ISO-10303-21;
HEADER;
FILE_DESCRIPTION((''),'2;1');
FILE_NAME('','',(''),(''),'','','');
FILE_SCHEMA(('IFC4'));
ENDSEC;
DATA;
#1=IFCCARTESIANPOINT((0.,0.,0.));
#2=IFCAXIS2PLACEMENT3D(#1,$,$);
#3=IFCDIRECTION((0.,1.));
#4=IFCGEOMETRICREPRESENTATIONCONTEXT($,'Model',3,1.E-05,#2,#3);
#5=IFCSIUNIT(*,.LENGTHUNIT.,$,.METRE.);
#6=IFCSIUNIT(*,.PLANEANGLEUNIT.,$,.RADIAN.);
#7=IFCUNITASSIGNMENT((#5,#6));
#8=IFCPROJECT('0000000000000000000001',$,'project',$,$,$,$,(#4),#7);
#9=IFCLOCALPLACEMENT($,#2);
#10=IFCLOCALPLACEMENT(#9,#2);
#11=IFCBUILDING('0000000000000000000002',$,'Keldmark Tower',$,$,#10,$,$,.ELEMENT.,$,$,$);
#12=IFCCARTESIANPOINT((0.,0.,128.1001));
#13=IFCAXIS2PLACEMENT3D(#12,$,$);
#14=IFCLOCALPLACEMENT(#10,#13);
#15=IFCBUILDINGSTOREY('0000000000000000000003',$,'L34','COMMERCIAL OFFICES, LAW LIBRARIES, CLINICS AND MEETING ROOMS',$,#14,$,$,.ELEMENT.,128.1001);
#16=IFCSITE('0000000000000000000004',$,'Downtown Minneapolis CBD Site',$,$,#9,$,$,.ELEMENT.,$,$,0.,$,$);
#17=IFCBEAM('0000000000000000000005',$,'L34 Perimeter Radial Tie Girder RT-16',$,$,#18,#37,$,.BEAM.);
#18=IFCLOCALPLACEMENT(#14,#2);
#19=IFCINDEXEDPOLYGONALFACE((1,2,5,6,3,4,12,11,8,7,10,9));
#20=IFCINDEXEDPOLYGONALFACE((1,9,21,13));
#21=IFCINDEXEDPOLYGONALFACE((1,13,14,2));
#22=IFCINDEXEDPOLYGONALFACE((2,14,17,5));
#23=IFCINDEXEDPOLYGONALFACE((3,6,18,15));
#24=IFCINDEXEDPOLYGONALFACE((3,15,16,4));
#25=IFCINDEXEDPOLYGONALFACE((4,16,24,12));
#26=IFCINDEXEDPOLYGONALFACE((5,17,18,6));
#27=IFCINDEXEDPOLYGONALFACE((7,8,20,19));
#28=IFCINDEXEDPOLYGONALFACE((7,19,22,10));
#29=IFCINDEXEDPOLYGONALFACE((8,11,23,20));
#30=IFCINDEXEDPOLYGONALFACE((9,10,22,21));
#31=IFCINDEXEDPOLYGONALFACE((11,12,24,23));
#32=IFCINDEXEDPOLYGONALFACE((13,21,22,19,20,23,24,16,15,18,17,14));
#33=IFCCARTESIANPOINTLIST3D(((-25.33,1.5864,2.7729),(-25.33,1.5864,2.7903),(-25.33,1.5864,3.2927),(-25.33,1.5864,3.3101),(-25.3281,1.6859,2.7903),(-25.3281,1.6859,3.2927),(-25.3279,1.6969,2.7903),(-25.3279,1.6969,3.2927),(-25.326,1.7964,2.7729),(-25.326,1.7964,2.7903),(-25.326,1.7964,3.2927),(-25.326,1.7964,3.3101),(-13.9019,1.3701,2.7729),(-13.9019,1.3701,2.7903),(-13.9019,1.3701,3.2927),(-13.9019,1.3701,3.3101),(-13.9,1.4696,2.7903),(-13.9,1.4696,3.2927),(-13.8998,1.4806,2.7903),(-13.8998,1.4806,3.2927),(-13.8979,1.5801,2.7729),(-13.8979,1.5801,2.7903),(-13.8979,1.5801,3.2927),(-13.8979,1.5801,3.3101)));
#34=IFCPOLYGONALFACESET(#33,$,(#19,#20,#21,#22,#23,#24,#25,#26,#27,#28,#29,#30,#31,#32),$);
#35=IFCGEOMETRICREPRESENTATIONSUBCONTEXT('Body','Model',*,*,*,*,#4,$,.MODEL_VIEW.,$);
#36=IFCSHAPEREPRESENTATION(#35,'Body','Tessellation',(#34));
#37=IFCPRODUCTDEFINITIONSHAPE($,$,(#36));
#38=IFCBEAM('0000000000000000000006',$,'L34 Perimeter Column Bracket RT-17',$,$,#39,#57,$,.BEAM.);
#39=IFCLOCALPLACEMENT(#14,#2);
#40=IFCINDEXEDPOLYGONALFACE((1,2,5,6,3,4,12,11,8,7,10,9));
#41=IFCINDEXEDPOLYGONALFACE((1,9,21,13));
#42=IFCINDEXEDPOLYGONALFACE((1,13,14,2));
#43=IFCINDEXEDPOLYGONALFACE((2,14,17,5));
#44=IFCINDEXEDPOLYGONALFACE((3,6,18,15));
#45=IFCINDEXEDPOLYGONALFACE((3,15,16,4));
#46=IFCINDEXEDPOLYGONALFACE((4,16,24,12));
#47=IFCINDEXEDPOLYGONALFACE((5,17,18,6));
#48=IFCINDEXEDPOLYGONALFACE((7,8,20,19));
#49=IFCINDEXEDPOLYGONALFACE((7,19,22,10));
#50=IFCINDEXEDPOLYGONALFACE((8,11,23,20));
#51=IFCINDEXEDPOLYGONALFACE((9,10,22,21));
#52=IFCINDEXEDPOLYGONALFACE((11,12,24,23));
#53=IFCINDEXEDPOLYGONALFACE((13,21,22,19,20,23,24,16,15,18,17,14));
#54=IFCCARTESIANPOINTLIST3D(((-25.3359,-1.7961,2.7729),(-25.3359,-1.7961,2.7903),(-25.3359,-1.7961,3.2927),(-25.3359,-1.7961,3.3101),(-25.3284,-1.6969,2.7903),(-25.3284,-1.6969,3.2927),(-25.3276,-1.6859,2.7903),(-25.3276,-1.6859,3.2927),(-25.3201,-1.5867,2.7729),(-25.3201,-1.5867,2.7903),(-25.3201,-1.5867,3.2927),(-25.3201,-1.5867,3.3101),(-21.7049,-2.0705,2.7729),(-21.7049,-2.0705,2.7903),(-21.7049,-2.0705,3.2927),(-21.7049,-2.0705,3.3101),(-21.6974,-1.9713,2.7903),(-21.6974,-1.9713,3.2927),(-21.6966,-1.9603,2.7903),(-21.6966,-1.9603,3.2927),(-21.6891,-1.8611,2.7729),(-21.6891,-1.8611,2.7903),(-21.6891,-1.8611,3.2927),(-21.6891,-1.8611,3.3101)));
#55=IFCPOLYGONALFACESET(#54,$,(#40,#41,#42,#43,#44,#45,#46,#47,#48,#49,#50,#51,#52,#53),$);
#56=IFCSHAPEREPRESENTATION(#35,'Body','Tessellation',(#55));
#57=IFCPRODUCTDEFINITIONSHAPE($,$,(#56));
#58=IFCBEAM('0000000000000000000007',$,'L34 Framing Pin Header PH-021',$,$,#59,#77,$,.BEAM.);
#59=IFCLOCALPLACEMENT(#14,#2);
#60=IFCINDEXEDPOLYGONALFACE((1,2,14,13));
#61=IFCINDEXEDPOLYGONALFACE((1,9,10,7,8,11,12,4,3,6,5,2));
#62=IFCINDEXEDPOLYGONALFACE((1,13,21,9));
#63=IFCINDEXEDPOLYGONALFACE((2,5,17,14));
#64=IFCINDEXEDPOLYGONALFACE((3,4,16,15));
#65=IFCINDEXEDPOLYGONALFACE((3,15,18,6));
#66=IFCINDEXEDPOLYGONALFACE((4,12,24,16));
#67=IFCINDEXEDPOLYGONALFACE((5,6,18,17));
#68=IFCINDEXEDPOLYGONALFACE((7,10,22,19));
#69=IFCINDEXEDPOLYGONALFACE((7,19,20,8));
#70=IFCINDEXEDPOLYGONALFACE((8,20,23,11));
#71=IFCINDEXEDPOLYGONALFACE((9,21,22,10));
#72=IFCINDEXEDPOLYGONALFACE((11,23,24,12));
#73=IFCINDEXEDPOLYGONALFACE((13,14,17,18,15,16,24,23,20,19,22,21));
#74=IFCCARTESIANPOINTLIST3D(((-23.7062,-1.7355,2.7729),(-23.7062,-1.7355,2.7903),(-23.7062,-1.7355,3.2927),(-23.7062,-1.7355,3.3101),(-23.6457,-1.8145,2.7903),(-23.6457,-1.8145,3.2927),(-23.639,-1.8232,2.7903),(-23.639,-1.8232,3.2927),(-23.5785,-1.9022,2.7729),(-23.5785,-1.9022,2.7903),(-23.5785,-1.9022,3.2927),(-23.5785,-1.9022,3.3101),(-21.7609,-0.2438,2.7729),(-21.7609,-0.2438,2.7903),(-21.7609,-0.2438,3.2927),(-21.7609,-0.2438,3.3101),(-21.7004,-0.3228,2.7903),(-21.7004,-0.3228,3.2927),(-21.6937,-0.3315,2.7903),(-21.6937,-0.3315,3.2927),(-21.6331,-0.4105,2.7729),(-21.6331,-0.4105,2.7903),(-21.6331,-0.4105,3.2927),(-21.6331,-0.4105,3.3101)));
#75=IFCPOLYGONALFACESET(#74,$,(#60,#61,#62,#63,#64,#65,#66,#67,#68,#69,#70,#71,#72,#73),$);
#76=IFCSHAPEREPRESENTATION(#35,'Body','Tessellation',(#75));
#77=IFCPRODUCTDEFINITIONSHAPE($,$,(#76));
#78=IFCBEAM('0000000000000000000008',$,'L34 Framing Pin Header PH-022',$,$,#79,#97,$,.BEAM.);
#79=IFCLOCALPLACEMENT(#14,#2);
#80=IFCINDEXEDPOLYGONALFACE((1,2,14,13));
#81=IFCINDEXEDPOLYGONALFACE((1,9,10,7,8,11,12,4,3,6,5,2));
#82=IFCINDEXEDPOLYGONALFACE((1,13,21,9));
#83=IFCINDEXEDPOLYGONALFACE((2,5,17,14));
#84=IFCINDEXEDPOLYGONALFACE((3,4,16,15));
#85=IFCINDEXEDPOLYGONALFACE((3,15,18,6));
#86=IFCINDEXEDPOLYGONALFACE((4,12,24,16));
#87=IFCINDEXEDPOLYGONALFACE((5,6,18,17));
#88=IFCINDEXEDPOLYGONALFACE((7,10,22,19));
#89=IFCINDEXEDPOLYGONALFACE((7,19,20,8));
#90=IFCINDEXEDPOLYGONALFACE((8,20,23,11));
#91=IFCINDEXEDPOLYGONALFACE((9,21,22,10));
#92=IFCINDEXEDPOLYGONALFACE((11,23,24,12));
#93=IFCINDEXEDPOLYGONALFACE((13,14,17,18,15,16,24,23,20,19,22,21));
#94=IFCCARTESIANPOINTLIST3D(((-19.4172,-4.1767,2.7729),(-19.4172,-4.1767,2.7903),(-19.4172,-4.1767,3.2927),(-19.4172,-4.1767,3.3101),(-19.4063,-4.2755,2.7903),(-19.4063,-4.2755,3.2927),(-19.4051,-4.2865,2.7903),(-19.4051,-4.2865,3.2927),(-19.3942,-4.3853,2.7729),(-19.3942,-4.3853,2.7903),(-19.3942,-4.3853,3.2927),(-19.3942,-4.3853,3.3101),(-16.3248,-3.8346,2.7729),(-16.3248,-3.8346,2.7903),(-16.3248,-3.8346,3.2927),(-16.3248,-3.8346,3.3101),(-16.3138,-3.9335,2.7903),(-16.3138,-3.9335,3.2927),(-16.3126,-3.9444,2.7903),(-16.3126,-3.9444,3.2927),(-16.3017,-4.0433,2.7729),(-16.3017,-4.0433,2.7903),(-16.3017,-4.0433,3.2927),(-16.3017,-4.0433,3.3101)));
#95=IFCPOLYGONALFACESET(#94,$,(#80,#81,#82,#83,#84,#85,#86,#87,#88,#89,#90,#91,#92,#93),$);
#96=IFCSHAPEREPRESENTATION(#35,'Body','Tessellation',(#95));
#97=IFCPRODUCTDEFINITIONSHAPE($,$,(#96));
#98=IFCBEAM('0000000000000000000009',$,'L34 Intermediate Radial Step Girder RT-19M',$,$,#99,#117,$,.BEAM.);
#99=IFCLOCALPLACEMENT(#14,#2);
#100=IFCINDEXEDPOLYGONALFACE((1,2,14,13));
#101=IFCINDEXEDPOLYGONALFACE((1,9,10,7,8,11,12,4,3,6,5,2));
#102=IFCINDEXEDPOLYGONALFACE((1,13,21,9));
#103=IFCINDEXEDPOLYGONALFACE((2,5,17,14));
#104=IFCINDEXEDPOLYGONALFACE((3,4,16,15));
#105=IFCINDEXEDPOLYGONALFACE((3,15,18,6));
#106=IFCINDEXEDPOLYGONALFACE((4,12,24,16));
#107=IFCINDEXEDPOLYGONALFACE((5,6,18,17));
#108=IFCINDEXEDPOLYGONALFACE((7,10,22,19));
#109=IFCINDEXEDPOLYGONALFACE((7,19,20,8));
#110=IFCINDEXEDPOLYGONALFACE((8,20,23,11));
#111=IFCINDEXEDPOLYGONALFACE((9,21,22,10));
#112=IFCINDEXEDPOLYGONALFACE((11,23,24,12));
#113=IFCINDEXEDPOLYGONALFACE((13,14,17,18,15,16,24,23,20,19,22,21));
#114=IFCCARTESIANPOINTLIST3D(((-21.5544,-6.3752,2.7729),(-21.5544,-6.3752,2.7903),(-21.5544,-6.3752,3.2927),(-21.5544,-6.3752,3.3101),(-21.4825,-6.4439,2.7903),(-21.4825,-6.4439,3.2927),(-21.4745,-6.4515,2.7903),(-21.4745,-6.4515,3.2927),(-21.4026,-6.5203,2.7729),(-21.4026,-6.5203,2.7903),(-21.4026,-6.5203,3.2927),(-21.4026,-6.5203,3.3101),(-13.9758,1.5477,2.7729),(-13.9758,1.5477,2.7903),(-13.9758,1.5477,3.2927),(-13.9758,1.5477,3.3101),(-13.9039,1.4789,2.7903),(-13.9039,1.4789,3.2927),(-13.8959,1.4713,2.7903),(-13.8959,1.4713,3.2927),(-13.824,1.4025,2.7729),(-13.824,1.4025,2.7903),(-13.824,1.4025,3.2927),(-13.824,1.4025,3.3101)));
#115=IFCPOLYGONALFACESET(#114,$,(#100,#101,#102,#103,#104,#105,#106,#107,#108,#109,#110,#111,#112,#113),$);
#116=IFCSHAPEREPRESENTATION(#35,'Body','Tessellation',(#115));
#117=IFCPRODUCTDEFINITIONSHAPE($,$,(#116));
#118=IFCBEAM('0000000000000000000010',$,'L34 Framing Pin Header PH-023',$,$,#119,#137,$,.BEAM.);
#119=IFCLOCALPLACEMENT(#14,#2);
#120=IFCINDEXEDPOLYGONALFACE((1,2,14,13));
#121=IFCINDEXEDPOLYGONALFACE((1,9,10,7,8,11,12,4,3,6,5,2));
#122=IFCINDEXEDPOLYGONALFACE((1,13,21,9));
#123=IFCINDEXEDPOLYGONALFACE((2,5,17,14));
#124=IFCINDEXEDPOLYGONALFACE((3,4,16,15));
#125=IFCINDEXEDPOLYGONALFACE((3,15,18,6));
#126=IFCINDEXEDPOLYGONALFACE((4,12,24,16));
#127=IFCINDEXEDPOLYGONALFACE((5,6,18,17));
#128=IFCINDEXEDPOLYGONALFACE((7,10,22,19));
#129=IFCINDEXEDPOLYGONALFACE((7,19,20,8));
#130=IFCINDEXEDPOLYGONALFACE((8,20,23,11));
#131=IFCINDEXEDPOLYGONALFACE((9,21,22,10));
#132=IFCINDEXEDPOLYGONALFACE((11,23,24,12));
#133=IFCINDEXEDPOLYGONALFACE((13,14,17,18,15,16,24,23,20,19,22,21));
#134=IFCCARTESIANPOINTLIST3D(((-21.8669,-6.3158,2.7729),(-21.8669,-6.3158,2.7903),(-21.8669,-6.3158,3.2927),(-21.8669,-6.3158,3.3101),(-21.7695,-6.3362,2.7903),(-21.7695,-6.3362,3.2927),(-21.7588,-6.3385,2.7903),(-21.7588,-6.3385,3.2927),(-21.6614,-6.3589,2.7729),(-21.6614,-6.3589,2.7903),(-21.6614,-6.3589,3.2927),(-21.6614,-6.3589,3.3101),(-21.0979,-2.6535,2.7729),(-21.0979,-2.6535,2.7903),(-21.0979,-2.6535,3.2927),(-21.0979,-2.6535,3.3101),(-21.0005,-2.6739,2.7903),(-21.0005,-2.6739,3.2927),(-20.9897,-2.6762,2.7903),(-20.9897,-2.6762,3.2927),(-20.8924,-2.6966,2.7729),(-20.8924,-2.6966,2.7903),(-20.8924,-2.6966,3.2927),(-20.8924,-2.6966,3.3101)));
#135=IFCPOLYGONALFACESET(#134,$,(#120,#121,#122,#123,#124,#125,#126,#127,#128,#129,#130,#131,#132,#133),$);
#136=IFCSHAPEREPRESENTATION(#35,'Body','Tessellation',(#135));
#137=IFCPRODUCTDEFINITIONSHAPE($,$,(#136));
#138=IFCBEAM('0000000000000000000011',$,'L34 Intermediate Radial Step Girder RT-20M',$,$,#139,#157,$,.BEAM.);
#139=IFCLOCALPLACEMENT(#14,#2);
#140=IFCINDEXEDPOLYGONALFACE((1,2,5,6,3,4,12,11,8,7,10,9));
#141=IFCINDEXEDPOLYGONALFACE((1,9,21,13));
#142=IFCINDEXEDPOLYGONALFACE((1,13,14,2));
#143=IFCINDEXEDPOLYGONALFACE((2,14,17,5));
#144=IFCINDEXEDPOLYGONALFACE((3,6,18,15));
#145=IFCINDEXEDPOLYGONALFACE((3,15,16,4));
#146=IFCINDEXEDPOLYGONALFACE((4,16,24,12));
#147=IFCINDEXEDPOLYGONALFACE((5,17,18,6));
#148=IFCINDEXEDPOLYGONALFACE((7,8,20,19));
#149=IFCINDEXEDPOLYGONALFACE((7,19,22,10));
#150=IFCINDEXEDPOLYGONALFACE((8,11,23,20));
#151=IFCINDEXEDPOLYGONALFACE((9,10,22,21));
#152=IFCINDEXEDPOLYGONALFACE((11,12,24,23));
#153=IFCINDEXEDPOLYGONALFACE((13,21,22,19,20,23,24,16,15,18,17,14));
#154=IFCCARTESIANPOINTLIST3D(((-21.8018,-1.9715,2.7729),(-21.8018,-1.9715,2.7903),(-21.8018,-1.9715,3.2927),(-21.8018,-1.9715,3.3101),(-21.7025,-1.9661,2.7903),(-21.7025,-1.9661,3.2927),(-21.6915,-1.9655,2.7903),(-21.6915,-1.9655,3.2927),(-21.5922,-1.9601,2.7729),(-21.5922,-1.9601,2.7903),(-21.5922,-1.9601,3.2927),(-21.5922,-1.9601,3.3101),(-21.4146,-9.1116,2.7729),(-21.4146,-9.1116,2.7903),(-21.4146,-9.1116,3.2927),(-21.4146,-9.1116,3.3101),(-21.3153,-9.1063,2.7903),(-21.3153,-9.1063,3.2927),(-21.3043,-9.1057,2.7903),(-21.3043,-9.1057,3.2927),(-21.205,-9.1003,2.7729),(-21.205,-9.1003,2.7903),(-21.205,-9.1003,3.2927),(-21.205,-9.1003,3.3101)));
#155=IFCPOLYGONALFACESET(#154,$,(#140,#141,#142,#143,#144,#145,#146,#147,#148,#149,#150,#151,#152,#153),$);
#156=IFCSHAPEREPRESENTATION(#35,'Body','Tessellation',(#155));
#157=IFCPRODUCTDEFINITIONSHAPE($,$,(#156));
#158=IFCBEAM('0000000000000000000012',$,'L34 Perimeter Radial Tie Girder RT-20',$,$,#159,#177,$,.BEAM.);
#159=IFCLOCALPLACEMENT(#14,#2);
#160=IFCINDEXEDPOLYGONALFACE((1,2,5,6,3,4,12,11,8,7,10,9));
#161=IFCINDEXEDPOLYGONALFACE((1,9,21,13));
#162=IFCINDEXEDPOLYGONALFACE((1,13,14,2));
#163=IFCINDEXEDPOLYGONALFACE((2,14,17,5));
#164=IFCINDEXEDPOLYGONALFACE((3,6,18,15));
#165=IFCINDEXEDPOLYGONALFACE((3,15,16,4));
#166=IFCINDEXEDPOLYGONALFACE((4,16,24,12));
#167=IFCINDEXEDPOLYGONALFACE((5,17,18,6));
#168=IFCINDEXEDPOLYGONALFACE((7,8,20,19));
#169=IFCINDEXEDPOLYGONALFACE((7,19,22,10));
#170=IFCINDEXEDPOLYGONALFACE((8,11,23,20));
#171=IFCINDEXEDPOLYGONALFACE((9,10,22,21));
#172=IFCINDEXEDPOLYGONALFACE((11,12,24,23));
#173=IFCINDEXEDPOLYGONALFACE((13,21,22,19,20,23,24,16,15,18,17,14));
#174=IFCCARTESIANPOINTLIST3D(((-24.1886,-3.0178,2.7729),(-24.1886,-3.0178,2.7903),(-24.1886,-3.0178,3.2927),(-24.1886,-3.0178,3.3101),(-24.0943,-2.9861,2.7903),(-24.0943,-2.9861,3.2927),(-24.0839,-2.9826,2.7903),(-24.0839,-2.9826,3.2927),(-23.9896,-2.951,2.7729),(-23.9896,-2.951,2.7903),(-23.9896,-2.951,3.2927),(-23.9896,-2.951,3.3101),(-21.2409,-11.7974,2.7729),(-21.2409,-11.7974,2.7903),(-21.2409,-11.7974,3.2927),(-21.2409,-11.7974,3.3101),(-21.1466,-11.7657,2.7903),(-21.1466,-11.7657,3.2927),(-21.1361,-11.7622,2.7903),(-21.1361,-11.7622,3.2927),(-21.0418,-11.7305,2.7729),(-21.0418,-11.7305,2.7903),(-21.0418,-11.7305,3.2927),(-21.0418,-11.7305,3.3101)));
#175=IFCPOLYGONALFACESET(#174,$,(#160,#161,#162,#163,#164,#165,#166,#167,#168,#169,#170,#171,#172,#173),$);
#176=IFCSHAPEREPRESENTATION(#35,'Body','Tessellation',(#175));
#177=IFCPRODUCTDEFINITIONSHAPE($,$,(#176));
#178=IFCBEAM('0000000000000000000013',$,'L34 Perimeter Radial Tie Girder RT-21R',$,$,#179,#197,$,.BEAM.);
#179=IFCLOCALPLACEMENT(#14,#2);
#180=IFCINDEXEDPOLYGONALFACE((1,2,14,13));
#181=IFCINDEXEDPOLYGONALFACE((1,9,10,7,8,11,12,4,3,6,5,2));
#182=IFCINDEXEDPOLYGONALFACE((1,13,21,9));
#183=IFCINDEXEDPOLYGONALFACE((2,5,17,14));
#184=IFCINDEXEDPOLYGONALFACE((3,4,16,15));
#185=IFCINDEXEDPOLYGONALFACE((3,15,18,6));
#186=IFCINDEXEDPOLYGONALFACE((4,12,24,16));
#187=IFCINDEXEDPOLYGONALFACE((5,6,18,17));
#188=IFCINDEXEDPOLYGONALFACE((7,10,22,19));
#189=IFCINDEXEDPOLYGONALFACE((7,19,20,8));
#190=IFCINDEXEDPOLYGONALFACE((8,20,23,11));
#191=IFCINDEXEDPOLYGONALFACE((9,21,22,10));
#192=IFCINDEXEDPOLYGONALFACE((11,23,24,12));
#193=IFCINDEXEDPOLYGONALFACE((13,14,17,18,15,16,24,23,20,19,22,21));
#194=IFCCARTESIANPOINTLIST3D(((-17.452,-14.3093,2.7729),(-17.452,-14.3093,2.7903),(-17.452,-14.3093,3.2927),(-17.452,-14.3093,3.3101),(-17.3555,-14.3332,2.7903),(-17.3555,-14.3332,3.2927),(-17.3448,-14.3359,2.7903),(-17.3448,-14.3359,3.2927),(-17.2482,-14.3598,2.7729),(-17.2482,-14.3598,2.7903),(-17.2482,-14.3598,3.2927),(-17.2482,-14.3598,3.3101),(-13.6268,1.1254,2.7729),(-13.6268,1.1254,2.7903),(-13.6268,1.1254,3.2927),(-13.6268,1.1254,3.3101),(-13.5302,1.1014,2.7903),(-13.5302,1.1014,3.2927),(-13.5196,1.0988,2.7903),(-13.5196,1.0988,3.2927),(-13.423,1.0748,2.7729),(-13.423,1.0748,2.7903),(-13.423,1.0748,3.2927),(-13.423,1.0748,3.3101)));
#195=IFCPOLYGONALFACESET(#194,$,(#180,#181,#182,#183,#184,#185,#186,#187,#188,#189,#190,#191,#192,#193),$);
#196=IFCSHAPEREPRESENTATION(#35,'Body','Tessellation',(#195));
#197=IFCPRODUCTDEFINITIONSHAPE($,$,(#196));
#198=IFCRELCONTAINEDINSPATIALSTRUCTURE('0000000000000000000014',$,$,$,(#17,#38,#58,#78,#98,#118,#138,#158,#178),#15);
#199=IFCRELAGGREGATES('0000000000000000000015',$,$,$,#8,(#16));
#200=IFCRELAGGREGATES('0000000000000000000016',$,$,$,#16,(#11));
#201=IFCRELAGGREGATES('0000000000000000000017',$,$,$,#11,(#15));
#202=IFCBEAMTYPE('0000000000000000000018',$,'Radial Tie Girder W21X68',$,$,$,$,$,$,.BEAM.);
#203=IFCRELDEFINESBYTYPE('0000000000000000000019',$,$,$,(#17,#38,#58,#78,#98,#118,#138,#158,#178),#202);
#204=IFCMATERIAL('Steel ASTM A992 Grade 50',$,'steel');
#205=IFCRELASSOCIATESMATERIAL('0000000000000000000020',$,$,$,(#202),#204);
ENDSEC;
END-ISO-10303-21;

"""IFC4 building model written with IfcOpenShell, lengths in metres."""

from ifc_helpers import new_model, si_unit, direction, frame, origin, origin_2d, place, context, subcontext, project, spatial, i_section, extrude, material, material_profile, profile_set, type_object, element, save


model = new_model("IFC4")

# Units and contexts
model_context = context("Model", 3, precision=1e-05, world=origin(), true_north=direction((0.0, 1.0)))
body_context = subcontext(model_context, "Body", "Model", "MODEL_VIEW")
ifc_project = project(units=[si_unit("LENGTHUNIT", "METRE"), si_unit("PLANEANGLEUNIT", "RADIAN")], contexts=[model_context])

# Site, building, storey
site_placement = place(None, origin())
site = spatial("IfcSite", under=ifc_project, at=site_placement, Name="Downtown Minneapolis CBD Site", CompositionType="ELEMENT", RefElevation=0.0)
building_placement = place(site_placement, origin())
building = spatial("IfcBuilding", under=site, at=building_placement, Name="Keldmark Tower", CompositionType="ELEMENT")
storey_placement = place(building_placement, frame((0.0, 0.0, 128.1001)))
storey = spatial("IfcBuildingStorey", under=building, at=storey_placement, Name="L34", Description="COMMERCIAL OFFICES, LAW LIBRARIES, CLINICS AND MEETING ROOMS", CompositionType="ELEMENT", Elevation=128.1001)

# Beams
ifc_material_1 = material(Name="Steel ASTM A992 Grade 50", Category="steel")
ifc_material_profile_1 = material_profile(ifc_material_1, i_section(OverallWidth=0.21, OverallDepth=0.5371, WebThickness=0.011, FlangeThickness=0.0173, at=origin_2d()), Name="W21X68")
ifc_profile_set_1 = profile_set([ifc_material_profile_1], Name="Steel ASTM A992 Grade 50")
beam_type_1 = type_object("IfcBeamType", Name="Radial Tie Girder W21X68", PredefinedType="BEAM", material=ifc_profile_set_1)
beam_1_placement = place(storey_placement, frame((-13.8999, 1.4751, 3.0415), z_axis=(-0.999821, 0.018924, 0.0), x_axis=(-0.018924, -0.999821, 0.0)))
element("IfcBeam", 1, at=beam_1_placement, inside=storey, type_object=beam_type_1, Name="L34 Perimeter Radial Tie Girder RT-16", PredefinedType="BEAM", context=body_context, shape_type="SweptSolid", body=[
    extrude(i_section(OverallWidth=0.21, OverallDepth=0.5371, WebThickness=0.011, FlangeThickness=0.0173, at=origin_2d()), origin(), (0.0, 0.0, 1.0), 11.4302),
])
beam_2_placement = place(storey_placement, frame((-21.697, -1.9658, 3.0415), z_axis=(-0.997157, 0.075358, 0.0), x_axis=(-0.075358, -0.997157, 0.0)))
element("IfcBeam", 2, at=beam_2_placement, inside=storey, type_object=beam_type_1, Name="L34 Perimeter Column Bracket RT-17", PredefinedType="BEAM", context=body_context, shape_type="SweptSolid", body=[
    extrude(i_section(OverallWidth=0.21, OverallDepth=0.5371, WebThickness=0.011, FlangeThickness=0.0173, at=origin_2d()), origin(), (0.0, 0.0, 1.0), 3.6414),
])
beam_3_placement = place(storey_placement, frame((-21.697, -0.3271, 3.0415), z_axis=(-0.793549, -0.608507, 0.0), x_axis=(0.608507, -0.793549, 0.0)))
element("IfcBeam", 3, at=beam_3_placement, inside=storey, type_object=beam_type_1, Name="L34 Framing Pin Header PH-021", PredefinedType="BEAM", context=body_context, shape_type="SweptSolid", body=[
    extrude(i_section(OverallWidth=0.21, OverallDepth=0.5371, WebThickness=0.011, FlangeThickness=0.0173, at=origin_2d()), origin(), (0.0, 0.0, 1.0), 2.4514),
])
beam_4_placement = place(storey_placement, frame((-16.3132, -3.939, 3.0415), z_axis=(-0.993939, -0.109932, 0.0), x_axis=(0.109932, -0.993939, 0.0)))
element("IfcBeam", 4, at=beam_4_placement, inside=storey, type_object=beam_type_1, Name="L34 Framing Pin Header PH-022", PredefinedType="BEAM", context=body_context, shape_type="SweptSolid", body=[
    extrude(i_section(OverallWidth=0.21, OverallDepth=0.5371, WebThickness=0.011, FlangeThickness=0.0173, at=origin_2d()), origin(), (0.0, 0.0, 1.0), 3.1113),
])
beam_5_placement = place(storey_placement, frame((-13.8999, 1.4751, 3.0415), z_axis=(-0.691234, -0.722631, 0.0), x_axis=(0.722631, -0.691234, 0.0)))
element("IfcBeam", 5, at=beam_5_placement, inside=storey, type_object=beam_type_1, Name="L34 Intermediate Radial Step Girder RT-19M", PredefinedType="BEAM", context=body_context, shape_type="SweptSolid", body=[
    extrude(i_section(OverallWidth=0.21, OverallDepth=0.5371, WebThickness=0.011, FlangeThickness=0.0173, at=origin_2d()), origin(), (0.0, 0.0, 1.0), 10.9639),
])
beam_6_placement = place(storey_placement, frame((-20.9951, -2.675, 3.0415), z_axis=(-0.205504, -0.978656, 0.0), x_axis=(0.978656, -0.205504, 0.0)))
element("IfcBeam", 6, at=beam_6_placement, inside=storey, type_object=beam_type_1, Name="L34 Framing Pin Header PH-023", PredefinedType="BEAM", context=body_context, shape_type="SweptSolid", body=[
    extrude(i_section(OverallWidth=0.21, OverallDepth=0.5371, WebThickness=0.011, FlangeThickness=0.0173, at=origin_2d()), origin(), (0.0, 0.0, 1.0), 3.7422),
])
beam_7_placement = place(storey_placement, frame((-21.697, -1.9658, 3.0415), z_axis=(0.05415, -0.998533, 0.0), x_axis=(0.998533, 0.05415, 0.0)))
element("IfcBeam", 7, at=beam_7_placement, inside=storey, type_object=beam_type_1, Name="L34 Intermediate Radial Step Girder RT-20M", PredefinedType="BEAM", context=body_context, shape_type="SweptSolid", body=[
    extrude(i_section(OverallWidth=0.21, OverallDepth=0.5371, WebThickness=0.011, FlangeThickness=0.0173, at=origin_2d()), origin(), (0.0, 0.0, 1.0), 7.1506),
])
beam_8_placement = place(storey_placement, frame((-24.0891, -2.9844, 3.0415), z_axis=(0.318291, -0.947993, 0.0), x_axis=(0.947993, 0.318291, 0.0)))
element("IfcBeam", 8, at=beam_8_placement, inside=storey, type_object=beam_type_1, Name="L34 Perimeter Radial Tie Girder RT-20", PredefinedType="BEAM", context=body_context, shape_type="SweptSolid", body=[
    extrude(i_section(OverallWidth=0.21, OverallDepth=0.5371, WebThickness=0.011, FlangeThickness=0.0173, at=origin_2d()), origin(), (0.0, 0.0, 1.0), 9.2612),
])
beam_9_placement = place(storey_placement, frame((-13.5249, 1.1001, 3.0415), z_axis=(-0.240555, -0.970635, 0.0), x_axis=(0.970635, -0.240555, 0.0)))
element("IfcBeam", 9, at=beam_9_placement, inside=storey, type_object=beam_type_1, Name="L34 Perimeter Radial Tie Girder RT-21R", PredefinedType="BEAM", context=body_context, shape_type="SweptSolid", body=[
    extrude(i_section(OverallWidth=0.21, OverallDepth=0.5371, WebThickness=0.011, FlangeThickness=0.0173, at=origin_2d()), origin(), (0.0, 0.0, 1.0), 15.9016),
])

save(model, "model.ifc")
